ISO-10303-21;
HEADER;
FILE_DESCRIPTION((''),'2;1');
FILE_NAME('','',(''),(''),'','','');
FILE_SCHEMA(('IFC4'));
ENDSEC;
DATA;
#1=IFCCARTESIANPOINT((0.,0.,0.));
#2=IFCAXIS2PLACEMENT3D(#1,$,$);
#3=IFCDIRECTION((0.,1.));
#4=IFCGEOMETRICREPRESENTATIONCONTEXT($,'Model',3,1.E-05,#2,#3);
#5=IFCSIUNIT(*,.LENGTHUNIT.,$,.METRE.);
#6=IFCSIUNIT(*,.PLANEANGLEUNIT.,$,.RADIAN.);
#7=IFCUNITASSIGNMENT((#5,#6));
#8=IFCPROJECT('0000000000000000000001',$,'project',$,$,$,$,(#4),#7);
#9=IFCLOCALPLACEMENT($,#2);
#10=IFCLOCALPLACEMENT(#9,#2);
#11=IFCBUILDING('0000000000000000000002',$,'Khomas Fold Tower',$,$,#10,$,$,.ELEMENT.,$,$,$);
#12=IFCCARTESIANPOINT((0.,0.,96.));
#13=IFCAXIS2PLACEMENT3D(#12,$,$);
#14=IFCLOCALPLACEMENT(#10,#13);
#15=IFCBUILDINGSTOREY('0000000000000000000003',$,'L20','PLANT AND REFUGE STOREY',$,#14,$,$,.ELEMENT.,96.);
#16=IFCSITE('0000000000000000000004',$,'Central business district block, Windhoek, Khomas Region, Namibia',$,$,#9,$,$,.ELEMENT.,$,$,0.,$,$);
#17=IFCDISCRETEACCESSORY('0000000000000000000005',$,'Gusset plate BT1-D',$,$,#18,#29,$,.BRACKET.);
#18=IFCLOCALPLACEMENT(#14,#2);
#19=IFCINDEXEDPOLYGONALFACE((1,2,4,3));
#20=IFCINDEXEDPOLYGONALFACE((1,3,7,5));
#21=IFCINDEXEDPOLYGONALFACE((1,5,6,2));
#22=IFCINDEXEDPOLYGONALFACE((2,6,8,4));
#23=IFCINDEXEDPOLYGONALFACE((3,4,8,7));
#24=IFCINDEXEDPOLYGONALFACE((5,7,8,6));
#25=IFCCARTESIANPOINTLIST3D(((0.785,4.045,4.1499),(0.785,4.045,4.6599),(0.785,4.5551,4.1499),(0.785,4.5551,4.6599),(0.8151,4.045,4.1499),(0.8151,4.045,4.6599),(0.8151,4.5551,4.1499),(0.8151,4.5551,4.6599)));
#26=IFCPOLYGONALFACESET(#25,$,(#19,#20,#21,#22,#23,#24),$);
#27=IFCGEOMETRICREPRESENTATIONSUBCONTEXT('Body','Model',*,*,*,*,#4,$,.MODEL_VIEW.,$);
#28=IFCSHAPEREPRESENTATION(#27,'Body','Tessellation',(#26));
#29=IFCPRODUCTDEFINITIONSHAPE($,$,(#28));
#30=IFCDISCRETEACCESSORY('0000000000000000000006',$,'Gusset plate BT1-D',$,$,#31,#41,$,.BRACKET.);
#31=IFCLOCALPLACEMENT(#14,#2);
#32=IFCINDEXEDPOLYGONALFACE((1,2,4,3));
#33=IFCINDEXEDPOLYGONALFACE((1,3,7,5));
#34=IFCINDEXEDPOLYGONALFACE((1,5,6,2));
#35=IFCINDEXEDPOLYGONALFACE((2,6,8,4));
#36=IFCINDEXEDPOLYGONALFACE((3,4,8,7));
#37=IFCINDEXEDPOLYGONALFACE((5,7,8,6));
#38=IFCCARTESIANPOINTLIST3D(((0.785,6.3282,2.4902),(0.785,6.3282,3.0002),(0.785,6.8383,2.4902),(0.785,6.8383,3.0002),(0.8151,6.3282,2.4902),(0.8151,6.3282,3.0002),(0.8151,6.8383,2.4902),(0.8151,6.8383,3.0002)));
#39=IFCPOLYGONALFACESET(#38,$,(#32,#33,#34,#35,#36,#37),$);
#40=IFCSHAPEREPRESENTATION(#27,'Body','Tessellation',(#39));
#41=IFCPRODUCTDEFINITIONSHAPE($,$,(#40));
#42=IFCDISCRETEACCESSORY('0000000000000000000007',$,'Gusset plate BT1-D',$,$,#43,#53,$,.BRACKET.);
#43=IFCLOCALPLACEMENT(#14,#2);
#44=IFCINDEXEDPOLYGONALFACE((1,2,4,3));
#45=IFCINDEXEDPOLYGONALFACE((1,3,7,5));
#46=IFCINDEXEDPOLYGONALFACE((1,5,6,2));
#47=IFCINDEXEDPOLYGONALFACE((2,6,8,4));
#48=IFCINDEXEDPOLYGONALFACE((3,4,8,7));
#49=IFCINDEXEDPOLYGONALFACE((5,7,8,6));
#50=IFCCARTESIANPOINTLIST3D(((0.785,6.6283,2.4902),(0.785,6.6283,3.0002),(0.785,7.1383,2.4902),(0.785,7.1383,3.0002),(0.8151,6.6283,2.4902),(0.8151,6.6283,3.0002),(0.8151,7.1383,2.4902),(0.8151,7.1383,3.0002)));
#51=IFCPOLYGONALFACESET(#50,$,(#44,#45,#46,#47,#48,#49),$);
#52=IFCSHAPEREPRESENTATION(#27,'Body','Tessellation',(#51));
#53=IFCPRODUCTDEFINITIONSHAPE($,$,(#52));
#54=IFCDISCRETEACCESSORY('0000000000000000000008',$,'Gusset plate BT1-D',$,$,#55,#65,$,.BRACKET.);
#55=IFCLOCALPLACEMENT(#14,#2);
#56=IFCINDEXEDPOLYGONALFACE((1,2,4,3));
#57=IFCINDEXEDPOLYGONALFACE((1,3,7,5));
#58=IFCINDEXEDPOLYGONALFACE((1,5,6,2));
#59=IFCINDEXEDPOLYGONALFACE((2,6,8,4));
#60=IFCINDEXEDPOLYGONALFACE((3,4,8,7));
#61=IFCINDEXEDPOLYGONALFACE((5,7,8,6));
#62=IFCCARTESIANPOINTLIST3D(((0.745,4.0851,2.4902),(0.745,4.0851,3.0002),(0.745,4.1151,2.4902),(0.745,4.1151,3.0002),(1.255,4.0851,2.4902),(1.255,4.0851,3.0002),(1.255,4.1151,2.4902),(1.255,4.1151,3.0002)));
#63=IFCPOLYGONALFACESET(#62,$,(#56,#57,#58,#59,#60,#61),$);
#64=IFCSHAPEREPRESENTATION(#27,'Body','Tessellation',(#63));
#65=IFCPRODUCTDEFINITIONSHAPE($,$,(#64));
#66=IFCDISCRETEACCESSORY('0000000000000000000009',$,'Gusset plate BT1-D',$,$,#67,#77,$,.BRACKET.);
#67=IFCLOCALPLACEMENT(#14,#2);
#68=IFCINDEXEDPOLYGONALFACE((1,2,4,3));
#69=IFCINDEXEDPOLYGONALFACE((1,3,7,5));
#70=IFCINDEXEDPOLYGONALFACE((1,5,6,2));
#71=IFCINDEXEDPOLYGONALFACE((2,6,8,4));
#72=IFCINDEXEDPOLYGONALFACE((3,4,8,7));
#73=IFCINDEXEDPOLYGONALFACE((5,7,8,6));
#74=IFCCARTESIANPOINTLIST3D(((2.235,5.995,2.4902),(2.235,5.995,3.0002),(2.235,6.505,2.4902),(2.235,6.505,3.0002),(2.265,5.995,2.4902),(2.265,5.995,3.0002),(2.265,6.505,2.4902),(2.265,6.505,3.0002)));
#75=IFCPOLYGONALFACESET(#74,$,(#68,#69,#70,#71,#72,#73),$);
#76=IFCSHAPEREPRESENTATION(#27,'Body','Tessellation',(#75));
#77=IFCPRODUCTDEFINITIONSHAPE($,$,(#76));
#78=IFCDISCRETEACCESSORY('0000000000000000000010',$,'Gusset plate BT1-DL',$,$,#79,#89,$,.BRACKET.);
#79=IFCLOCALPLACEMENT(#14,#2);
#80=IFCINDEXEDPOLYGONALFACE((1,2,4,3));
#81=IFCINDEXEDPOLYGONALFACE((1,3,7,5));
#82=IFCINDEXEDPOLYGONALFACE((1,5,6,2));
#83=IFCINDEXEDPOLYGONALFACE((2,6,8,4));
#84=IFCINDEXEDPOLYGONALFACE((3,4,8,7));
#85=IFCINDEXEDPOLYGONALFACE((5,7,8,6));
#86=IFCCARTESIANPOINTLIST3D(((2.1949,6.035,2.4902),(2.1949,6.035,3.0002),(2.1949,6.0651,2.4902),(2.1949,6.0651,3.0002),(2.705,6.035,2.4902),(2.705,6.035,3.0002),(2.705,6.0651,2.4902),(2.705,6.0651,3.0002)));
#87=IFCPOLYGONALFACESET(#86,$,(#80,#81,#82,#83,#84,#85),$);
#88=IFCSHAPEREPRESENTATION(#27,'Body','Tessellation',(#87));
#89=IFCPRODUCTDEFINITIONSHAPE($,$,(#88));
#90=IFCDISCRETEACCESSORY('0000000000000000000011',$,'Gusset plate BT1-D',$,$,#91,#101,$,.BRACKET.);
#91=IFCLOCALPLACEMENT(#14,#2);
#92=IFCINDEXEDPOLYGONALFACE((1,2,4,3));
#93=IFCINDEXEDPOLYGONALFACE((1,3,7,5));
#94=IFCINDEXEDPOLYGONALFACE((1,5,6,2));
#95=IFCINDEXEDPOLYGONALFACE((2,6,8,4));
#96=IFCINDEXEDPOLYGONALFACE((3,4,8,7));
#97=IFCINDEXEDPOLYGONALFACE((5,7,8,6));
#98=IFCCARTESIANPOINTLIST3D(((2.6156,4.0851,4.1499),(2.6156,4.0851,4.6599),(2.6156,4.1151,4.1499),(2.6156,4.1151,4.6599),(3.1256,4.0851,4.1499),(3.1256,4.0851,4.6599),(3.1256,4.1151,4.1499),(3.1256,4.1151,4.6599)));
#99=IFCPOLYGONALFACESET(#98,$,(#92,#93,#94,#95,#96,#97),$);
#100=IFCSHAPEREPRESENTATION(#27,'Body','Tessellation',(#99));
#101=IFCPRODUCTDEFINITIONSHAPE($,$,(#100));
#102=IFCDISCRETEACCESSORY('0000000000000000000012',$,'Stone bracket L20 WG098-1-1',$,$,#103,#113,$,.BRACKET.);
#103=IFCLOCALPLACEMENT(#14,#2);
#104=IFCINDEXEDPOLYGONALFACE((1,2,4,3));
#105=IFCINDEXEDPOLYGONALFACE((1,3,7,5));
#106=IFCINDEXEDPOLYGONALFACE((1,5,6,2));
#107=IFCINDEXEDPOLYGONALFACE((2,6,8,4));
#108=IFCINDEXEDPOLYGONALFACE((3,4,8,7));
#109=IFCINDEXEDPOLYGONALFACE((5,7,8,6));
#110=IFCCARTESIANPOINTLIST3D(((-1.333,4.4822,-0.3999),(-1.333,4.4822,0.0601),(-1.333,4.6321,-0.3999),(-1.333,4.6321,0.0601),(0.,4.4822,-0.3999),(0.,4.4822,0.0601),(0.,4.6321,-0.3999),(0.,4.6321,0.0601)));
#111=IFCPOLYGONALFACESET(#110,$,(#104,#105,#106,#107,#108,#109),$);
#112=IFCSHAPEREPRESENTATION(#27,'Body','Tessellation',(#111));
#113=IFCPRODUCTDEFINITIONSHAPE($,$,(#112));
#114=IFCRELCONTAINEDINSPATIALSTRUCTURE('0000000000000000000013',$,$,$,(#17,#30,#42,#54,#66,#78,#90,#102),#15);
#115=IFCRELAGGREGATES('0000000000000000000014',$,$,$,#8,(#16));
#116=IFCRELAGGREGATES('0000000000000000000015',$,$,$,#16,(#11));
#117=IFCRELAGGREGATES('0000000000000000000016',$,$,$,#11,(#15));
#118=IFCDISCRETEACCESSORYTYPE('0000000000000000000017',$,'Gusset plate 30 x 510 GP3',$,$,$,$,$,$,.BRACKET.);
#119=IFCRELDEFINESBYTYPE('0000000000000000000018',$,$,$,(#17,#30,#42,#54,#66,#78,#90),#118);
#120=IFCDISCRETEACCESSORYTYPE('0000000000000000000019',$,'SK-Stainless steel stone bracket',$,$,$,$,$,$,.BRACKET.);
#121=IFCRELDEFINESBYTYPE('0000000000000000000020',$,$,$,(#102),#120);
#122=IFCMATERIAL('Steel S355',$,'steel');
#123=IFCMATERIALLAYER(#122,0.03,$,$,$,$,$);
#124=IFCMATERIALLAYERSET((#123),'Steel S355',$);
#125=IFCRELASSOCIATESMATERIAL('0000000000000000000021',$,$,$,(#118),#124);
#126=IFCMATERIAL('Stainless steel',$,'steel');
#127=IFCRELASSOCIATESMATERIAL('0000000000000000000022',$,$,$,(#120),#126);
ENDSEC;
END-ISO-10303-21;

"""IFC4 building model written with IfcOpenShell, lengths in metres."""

from ifc_helpers import new_model, si_unit, direction, frame, origin, origin_2d, place, context, subcontext, project, spatial, rectangle, extrude, source, transform, mapped, material, layer, layer_set, type_object, element, save


model = new_model("IFC4")

# Units and contexts
model_context = context("Model", 3, precision=1e-05, world=origin(), true_north=direction((0.0, 1.0)))
body_context = subcontext(model_context, "Body", "Model", "MODEL_VIEW")
ifc_project = project(units=[si_unit("LENGTHUNIT", "METRE"), si_unit("PLANEANGLEUNIT", "RADIAN")], contexts=[model_context])

# Site, building, storey
site_placement = place(None, origin())
site = spatial("IfcSite", under=ifc_project, at=site_placement, Name="Central business district block, Windhoek, Khomas Region, Namibia", CompositionType="ELEMENT", RefElevation=0.0)
building_placement = place(site_placement, origin())
building = spatial("IfcBuilding", under=site, at=building_placement, Name="Khomas Fold Tower", CompositionType="ELEMENT")
storey_placement = place(building_placement, frame((0.0, 0.0, 96.0)))
storey = spatial("IfcBuildingStorey", under=building, at=storey_placement, Name="L20", Description="PLANT AND REFUGE STOREY", CompositionType="ELEMENT", Elevation=96.0)

# Discrete accessories
ifc_material_1 = material(Name="Steel S355", Category="steel")
ifc_layer_1 = layer(ifc_material_1, 0.03)
ifc_layer_set_1 = layer_set([ifc_layer_1], Name="Steel S355")
discrete_accessory_type_1 = type_object("IfcDiscreteAccessoryType", Name="Gusset plate 30 x 510 GP3", PredefinedType="BRACKET", material=ifc_layer_set_1)
shared_shape_1 = source(origin(), body_context, "Body", "SweptSolid", [
    extrude(rectangle(XDim=0.51, YDim=0.03, at=origin_2d()), origin(), (0.0, 0.0, 1.0), 0.51),
])
for number, where, z_axis, x_axis, name in (
    (1, (0.8, 4.3, 4.1499), (0.0, 0.0, 1.0), (0.0, 1.0, 0.0), "Gusset plate BT1-D"),
    (2, (0.8, 6.5833, 2.4902), (0.0, 0.0, 1.0), (0.0, 1.0, 0.0), "Gusset plate BT1-D"),
    (3, (0.8, 6.8833, 2.4902), (0.0, 0.0, 1.0), (0.0, 1.0, 0.0), "Gusset plate BT1-D"),
    (4, (1.0, 4.1001, 2.4902), (0.0, 0.0, 1.0), (1.0, 0.0, 0.0), "Gusset plate BT1-D"),
    (5, (2.25, 6.25, 2.4902), (0.0, 0.0, 1.0), (0.0, 1.0, 0.0), "Gusset plate BT1-D"),
    (6, (2.45, 6.05, 2.4902), (0.0, 0.0, 1.0), (1.0, 0.0, 0.0), "Gusset plate BT1-DL"),
    (7, (2.8706, 4.1001, 4.1499), (0.0, 0.0, 1.0), (1.0, 0.0, 0.0), "Gusset plate BT1-D"),
):
    element("IfcDiscreteAccessory", number, at=place(storey_placement, frame(where, z_axis=z_axis, x_axis=x_axis)), inside=storey, type_object=discrete_accessory_type_1, Name=name, PredefinedType="BRACKET", context=body_context, shape_type="MappedRepresentation", body=[
        mapped(shared_shape_1, transform((0.0, 0.0, 0.0))),
    ])
ifc_material_2 = material(Name="Stainless steel", Category="steel")
discrete_accessory_type_2 = type_object("IfcDiscreteAccessoryType", Name="SK-Stainless steel stone bracket", PredefinedType="BRACKET", material=ifc_material_2)
shared_shape_2 = source(origin(), body_context, "Body", "SweptSolid", [
    extrude(rectangle(XDim=1.333, YDim=0.1499, at=origin_2d()), origin(), (0.0, 0.0, 1.0), 0.46),
])
discrete_accessory_placement = place(storey_placement, frame((-0.6665, 4.5571, -0.3999), z_axis=(0.0, 0.0, 1.0), x_axis=(-1.0, 0.0, 0.0)))
element("IfcDiscreteAccessory", 8, at=discrete_accessory_placement, inside=storey, type_object=discrete_accessory_type_2, Name="Stone bracket L20 WG098-1-1", PredefinedType="BRACKET", context=body_context, shape_type="MappedRepresentation", body=[
    mapped(shared_shape_2, transform((0.0, 0.0, 0.0))),
])

save(model, "model.ifc")
